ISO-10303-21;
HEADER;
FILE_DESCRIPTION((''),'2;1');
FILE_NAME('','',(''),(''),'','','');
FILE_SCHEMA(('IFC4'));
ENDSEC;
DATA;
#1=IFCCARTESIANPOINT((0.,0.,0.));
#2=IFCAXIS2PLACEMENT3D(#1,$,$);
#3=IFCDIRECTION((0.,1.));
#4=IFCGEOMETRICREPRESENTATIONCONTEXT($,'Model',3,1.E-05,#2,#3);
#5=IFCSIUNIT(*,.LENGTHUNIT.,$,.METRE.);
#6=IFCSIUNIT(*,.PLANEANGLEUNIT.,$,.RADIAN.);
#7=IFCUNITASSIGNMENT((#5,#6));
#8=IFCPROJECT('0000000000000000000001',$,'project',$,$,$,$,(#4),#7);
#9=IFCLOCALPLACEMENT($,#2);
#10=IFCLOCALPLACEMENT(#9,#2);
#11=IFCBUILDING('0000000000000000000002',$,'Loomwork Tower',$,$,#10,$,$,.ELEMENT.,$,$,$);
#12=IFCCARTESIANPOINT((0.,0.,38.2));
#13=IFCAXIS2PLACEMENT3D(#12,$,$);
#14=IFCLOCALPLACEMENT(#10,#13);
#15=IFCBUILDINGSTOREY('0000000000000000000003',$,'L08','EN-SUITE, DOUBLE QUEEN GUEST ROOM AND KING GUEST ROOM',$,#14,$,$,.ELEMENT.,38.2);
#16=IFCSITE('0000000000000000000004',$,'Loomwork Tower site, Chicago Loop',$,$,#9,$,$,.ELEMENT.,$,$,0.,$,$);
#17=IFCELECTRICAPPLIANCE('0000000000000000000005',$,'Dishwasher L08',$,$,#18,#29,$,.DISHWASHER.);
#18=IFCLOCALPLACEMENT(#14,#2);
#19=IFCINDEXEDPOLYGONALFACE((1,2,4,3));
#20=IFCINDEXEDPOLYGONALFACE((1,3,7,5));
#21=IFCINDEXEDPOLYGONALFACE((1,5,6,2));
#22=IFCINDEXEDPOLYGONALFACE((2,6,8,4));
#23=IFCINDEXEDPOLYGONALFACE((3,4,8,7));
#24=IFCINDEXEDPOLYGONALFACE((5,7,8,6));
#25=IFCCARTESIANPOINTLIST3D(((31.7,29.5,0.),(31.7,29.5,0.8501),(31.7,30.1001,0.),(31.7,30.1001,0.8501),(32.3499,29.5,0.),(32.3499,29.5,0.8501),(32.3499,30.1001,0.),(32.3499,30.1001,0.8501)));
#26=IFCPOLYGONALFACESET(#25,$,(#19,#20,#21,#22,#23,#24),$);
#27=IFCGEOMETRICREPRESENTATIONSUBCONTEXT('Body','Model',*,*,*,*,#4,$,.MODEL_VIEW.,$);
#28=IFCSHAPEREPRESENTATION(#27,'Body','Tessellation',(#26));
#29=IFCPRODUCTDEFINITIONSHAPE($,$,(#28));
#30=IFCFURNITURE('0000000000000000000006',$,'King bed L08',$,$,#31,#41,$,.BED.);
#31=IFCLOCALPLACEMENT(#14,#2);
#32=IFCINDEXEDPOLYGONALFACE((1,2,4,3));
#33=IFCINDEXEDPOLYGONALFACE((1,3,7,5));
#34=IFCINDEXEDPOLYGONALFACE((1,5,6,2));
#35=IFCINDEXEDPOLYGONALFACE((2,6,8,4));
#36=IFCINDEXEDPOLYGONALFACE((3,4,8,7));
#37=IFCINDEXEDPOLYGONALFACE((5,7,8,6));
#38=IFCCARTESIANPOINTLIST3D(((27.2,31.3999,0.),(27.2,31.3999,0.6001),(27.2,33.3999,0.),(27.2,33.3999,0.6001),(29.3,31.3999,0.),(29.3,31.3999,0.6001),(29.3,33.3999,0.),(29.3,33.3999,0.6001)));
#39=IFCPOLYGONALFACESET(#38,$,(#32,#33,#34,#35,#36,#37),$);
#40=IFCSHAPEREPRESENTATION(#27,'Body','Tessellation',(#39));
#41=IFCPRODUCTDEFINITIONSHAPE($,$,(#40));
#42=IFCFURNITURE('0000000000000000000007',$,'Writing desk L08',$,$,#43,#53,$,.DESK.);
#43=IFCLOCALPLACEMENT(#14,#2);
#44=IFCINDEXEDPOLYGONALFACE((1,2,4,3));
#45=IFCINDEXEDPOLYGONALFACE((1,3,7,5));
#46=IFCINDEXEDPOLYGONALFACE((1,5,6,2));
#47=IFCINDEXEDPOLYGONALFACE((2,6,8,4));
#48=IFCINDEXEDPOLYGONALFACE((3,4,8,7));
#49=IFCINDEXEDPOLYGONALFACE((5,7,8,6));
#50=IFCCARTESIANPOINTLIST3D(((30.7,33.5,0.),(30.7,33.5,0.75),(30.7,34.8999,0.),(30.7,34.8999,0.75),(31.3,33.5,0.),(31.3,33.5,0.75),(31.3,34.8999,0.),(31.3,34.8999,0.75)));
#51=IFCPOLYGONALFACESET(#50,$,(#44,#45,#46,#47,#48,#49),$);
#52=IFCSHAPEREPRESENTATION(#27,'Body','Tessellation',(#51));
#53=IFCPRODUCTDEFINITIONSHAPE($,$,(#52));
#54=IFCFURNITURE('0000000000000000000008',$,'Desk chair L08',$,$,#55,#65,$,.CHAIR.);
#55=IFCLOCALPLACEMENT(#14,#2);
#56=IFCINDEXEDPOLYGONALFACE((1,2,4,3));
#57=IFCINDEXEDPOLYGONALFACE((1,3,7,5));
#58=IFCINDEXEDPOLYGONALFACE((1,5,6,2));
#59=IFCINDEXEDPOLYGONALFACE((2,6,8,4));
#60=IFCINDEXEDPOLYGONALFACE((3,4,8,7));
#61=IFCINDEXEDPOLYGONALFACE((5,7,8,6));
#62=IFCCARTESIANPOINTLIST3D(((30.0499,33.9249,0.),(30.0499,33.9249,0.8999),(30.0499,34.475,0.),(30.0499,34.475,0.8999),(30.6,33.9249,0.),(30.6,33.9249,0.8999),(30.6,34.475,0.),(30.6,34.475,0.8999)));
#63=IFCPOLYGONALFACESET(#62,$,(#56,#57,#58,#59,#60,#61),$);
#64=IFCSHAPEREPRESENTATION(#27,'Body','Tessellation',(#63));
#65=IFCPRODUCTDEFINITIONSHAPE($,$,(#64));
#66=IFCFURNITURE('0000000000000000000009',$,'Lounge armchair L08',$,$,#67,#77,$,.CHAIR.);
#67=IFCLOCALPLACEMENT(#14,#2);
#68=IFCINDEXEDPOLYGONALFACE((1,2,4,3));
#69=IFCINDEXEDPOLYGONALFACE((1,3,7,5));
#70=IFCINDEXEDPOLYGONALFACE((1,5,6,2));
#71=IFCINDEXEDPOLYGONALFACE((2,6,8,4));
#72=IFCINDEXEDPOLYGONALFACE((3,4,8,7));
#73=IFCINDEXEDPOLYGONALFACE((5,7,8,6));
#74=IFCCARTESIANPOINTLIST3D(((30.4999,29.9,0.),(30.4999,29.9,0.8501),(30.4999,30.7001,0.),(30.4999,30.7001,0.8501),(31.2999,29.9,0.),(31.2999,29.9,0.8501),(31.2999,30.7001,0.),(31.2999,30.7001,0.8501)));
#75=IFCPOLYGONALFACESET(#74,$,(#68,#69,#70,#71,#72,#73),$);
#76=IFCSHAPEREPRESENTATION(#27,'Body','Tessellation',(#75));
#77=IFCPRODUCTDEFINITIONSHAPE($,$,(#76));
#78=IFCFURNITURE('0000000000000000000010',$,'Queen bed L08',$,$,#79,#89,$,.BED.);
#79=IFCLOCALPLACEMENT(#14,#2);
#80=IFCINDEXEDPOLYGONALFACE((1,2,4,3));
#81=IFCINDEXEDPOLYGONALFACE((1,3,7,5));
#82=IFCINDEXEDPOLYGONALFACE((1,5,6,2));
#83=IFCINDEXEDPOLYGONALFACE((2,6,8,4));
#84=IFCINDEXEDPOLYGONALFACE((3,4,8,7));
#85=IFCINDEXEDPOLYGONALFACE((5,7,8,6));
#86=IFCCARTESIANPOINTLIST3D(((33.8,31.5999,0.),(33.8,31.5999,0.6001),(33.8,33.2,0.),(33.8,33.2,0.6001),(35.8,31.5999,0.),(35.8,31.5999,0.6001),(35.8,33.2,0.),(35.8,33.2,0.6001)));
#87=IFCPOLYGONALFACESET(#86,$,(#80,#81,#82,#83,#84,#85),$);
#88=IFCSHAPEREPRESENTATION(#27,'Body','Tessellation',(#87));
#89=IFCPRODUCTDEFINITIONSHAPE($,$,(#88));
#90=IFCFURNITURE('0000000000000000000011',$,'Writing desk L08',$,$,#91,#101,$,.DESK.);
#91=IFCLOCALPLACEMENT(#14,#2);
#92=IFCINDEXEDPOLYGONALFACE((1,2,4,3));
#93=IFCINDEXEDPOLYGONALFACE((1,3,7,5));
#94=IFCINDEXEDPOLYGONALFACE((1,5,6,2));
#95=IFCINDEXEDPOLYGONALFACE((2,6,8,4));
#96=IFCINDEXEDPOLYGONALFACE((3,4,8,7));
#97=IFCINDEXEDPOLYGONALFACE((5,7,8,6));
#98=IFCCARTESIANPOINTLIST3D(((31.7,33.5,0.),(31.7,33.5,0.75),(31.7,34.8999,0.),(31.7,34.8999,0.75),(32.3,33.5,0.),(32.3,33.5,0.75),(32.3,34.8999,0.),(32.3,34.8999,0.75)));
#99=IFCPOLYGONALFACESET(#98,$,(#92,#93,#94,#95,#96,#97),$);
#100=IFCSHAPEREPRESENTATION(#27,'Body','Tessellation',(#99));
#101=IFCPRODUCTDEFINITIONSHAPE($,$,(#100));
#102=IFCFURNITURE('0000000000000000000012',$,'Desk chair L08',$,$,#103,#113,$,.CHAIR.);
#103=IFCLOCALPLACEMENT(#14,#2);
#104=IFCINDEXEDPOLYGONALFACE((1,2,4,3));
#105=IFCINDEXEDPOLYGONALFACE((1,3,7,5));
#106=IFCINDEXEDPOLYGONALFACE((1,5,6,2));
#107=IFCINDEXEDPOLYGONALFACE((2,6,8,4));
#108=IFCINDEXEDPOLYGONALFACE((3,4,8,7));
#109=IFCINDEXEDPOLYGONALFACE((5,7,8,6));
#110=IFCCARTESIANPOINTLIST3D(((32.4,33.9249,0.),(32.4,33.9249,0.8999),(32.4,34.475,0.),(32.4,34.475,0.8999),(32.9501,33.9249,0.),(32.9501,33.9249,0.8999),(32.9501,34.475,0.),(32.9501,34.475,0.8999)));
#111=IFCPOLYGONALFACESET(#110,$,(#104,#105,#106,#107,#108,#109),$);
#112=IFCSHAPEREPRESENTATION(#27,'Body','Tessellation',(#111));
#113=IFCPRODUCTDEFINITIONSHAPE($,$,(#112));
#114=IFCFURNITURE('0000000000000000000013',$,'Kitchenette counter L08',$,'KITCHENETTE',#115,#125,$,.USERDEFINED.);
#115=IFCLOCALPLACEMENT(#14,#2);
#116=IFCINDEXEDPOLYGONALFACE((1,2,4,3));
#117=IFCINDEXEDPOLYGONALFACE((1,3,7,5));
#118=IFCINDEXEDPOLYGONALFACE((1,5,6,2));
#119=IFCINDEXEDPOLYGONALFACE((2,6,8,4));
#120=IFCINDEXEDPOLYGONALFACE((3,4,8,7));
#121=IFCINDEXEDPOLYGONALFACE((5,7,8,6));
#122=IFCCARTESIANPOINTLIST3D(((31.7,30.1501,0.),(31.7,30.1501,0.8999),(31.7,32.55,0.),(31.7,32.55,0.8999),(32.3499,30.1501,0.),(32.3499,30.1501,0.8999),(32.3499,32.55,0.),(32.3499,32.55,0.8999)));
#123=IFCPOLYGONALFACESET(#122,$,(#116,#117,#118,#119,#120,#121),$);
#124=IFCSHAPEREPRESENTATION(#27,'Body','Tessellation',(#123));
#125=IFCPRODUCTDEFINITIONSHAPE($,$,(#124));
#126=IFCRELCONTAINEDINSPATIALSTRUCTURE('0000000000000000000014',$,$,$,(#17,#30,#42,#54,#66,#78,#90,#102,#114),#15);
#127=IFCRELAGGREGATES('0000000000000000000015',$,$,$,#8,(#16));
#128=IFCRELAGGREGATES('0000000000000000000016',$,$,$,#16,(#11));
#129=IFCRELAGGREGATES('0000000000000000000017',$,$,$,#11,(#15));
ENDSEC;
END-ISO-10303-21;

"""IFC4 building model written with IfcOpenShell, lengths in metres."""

from ifc_helpers import new_model, si_unit, direction, frame, origin, origin_2d, place, context, subcontext, project, spatial, rectangle, extrude, element, save


model = new_model("IFC4")

# Units and contexts
model_context = context("Model", 3, precision=1e-05, world=origin(), true_north=direction((0.0, 1.0)))
body_context = subcontext(model_context, "Body", "Model", "MODEL_VIEW")
ifc_project = project(units=[si_unit("LENGTHUNIT", "METRE"), si_unit("PLANEANGLEUNIT", "RADIAN")], contexts=[model_context])

# Site, building, storey
site_placement = place(None, origin())
site = spatial("IfcSite", under=ifc_project, at=site_placement, Name="Loomwork Tower site, Chicago Loop", CompositionType="ELEMENT", RefElevation=0.0)
building_placement = place(site_placement, origin())
building = spatial("IfcBuilding", under=site, at=building_placement, Name="Loomwork Tower", CompositionType="ELEMENT")
storey_placement = place(building_placement, frame((0.0, 0.0, 38.2)))
storey = spatial("IfcBuildingStorey", under=building, at=storey_placement, Name="L08", Description="EN-SUITE, DOUBLE QUEEN GUEST ROOM AND KING GUEST ROOM", CompositionType="ELEMENT", Elevation=38.2)

# Electric appliance
electric_appliance_placement = place(storey_placement, frame((32.0249, 29.8, 0.0), z_axis=(0.0, 0.0, 1.0), x_axis=(1.0, 0.0, 0.0)))
element("IfcElectricAppliance", 1, at=electric_appliance_placement, inside=storey, Name="Dishwasher L08", PredefinedType="DISHWASHER", context=body_context, shape_type="SweptSolid", body=[
    extrude(rectangle(XDim=0.6499, YDim=0.6001, at=origin_2d()), origin(), (0.0, 0.0, 1.0), 0.8501),
])

# Furniture
furniture_1_placement = place(storey_placement, frame((28.25, 32.3999, 0.0), z_axis=(0.0, 0.0, 1.0), x_axis=(1.0, 0.0, 0.0)))
element("IfcFurniture", 2, at=furniture_1_placement, inside=storey, Name="King bed L08", PredefinedType="BED", context=body_context, shape_type="SweptSolid", body=[
    extrude(rectangle(XDim=2.1001, YDim=2.0, at=origin_2d()), origin(), (0.0, 0.0, 1.0), 0.6001),
])
furniture_2_placement = place(storey_placement, frame((31.0, 34.2, 0.0), z_axis=(0.0, 0.0, 1.0), x_axis=(1.0, 0.0, 0.0)))
element("IfcFurniture", 3, at=furniture_2_placement, inside=storey, Name="Writing desk L08", PredefinedType="DESK", context=body_context, shape_type="SweptSolid", body=[
    extrude(rectangle(XDim=0.6001, YDim=1.3999, at=origin_2d()), origin(), (0.0, 0.0, 1.0), 0.75),
])
furniture_3_placement = place(storey_placement, frame((30.325, 34.2, 0.0), z_axis=(0.0, 0.0, 1.0), x_axis=(1.0, 0.0, 0.0)))
element("IfcFurniture", 4, at=furniture_3_placement, inside=storey, Name="Desk chair L08", PredefinedType="CHAIR", context=body_context, shape_type="SweptSolid", body=[
    extrude(rectangle(XDim=0.55, YDim=0.55, at=origin_2d()), origin(), (0.0, 0.0, 1.0), 0.8999),
])
furniture_4_placement = place(storey_placement, frame((30.8999, 30.3, 0.0), z_axis=(0.0, 0.0, 1.0), x_axis=(1.0, 0.0, 0.0)))
element("IfcFurniture", 5, at=furniture_4_placement, inside=storey, Name="Lounge armchair L08", PredefinedType="CHAIR", context=body_context, shape_type="SweptSolid", body=[
    extrude(rectangle(XDim=0.8, YDim=0.8, at=origin_2d()), origin(), (0.0, 0.0, 1.0), 0.8501),
])
furniture_5_placement = place(storey_placement, frame((34.8, 32.3999, 0.0), z_axis=(0.0, 0.0, 1.0), x_axis=(1.0, 0.0, 0.0)))
element("IfcFurniture", 6, at=furniture_5_placement, inside=storey, Name="Queen bed L08", PredefinedType="BED", context=body_context, shape_type="SweptSolid", body=[
    extrude(rectangle(XDim=2.0, YDim=1.6001, at=origin_2d()), origin(), (0.0, 0.0, 1.0), 0.6001),
])
furniture_6_placement = place(storey_placement, frame((32.0, 34.2, 0.0), z_axis=(0.0, 0.0, 1.0), x_axis=(1.0, 0.0, 0.0)))
element("IfcFurniture", 7, at=furniture_6_placement, inside=storey, Name="Writing desk L08", PredefinedType="DESK", context=body_context, shape_type="SweptSolid", body=[
    extrude(rectangle(XDim=0.6001, YDim=1.3999, at=origin_2d()), origin(), (0.0, 0.0, 1.0), 0.75),
])
furniture_7_placement = place(storey_placement, frame((32.675, 34.2, 0.0), z_axis=(0.0, 0.0, 1.0), x_axis=(1.0, 0.0, 0.0)))
element("IfcFurniture", 8, at=furniture_7_placement, inside=storey, Name="Desk chair L08", PredefinedType="CHAIR", context=body_context, shape_type="SweptSolid", body=[
    extrude(rectangle(XDim=0.55, YDim=0.55, at=origin_2d()), origin(), (0.0, 0.0, 1.0), 0.8999),
])
furniture_8_placement = place(storey_placement, frame((32.0249, 31.3501, 0.0), z_axis=(0.0, 0.0, 1.0), x_axis=(1.0, 0.0, 0.0)))
element("IfcFurniture", 9, at=furniture_8_placement, inside=storey, Name="Kitchenette counter L08", ObjectType="KITCHENETTE", PredefinedType="USERDEFINED", context=body_context, shape_type="SweptSolid", body=[
    extrude(rectangle(XDim=0.6499, YDim=2.3999, at=origin_2d()), origin(), (0.0, 0.0, 1.0), 0.8999),
])

save(model, "model.ifc")
